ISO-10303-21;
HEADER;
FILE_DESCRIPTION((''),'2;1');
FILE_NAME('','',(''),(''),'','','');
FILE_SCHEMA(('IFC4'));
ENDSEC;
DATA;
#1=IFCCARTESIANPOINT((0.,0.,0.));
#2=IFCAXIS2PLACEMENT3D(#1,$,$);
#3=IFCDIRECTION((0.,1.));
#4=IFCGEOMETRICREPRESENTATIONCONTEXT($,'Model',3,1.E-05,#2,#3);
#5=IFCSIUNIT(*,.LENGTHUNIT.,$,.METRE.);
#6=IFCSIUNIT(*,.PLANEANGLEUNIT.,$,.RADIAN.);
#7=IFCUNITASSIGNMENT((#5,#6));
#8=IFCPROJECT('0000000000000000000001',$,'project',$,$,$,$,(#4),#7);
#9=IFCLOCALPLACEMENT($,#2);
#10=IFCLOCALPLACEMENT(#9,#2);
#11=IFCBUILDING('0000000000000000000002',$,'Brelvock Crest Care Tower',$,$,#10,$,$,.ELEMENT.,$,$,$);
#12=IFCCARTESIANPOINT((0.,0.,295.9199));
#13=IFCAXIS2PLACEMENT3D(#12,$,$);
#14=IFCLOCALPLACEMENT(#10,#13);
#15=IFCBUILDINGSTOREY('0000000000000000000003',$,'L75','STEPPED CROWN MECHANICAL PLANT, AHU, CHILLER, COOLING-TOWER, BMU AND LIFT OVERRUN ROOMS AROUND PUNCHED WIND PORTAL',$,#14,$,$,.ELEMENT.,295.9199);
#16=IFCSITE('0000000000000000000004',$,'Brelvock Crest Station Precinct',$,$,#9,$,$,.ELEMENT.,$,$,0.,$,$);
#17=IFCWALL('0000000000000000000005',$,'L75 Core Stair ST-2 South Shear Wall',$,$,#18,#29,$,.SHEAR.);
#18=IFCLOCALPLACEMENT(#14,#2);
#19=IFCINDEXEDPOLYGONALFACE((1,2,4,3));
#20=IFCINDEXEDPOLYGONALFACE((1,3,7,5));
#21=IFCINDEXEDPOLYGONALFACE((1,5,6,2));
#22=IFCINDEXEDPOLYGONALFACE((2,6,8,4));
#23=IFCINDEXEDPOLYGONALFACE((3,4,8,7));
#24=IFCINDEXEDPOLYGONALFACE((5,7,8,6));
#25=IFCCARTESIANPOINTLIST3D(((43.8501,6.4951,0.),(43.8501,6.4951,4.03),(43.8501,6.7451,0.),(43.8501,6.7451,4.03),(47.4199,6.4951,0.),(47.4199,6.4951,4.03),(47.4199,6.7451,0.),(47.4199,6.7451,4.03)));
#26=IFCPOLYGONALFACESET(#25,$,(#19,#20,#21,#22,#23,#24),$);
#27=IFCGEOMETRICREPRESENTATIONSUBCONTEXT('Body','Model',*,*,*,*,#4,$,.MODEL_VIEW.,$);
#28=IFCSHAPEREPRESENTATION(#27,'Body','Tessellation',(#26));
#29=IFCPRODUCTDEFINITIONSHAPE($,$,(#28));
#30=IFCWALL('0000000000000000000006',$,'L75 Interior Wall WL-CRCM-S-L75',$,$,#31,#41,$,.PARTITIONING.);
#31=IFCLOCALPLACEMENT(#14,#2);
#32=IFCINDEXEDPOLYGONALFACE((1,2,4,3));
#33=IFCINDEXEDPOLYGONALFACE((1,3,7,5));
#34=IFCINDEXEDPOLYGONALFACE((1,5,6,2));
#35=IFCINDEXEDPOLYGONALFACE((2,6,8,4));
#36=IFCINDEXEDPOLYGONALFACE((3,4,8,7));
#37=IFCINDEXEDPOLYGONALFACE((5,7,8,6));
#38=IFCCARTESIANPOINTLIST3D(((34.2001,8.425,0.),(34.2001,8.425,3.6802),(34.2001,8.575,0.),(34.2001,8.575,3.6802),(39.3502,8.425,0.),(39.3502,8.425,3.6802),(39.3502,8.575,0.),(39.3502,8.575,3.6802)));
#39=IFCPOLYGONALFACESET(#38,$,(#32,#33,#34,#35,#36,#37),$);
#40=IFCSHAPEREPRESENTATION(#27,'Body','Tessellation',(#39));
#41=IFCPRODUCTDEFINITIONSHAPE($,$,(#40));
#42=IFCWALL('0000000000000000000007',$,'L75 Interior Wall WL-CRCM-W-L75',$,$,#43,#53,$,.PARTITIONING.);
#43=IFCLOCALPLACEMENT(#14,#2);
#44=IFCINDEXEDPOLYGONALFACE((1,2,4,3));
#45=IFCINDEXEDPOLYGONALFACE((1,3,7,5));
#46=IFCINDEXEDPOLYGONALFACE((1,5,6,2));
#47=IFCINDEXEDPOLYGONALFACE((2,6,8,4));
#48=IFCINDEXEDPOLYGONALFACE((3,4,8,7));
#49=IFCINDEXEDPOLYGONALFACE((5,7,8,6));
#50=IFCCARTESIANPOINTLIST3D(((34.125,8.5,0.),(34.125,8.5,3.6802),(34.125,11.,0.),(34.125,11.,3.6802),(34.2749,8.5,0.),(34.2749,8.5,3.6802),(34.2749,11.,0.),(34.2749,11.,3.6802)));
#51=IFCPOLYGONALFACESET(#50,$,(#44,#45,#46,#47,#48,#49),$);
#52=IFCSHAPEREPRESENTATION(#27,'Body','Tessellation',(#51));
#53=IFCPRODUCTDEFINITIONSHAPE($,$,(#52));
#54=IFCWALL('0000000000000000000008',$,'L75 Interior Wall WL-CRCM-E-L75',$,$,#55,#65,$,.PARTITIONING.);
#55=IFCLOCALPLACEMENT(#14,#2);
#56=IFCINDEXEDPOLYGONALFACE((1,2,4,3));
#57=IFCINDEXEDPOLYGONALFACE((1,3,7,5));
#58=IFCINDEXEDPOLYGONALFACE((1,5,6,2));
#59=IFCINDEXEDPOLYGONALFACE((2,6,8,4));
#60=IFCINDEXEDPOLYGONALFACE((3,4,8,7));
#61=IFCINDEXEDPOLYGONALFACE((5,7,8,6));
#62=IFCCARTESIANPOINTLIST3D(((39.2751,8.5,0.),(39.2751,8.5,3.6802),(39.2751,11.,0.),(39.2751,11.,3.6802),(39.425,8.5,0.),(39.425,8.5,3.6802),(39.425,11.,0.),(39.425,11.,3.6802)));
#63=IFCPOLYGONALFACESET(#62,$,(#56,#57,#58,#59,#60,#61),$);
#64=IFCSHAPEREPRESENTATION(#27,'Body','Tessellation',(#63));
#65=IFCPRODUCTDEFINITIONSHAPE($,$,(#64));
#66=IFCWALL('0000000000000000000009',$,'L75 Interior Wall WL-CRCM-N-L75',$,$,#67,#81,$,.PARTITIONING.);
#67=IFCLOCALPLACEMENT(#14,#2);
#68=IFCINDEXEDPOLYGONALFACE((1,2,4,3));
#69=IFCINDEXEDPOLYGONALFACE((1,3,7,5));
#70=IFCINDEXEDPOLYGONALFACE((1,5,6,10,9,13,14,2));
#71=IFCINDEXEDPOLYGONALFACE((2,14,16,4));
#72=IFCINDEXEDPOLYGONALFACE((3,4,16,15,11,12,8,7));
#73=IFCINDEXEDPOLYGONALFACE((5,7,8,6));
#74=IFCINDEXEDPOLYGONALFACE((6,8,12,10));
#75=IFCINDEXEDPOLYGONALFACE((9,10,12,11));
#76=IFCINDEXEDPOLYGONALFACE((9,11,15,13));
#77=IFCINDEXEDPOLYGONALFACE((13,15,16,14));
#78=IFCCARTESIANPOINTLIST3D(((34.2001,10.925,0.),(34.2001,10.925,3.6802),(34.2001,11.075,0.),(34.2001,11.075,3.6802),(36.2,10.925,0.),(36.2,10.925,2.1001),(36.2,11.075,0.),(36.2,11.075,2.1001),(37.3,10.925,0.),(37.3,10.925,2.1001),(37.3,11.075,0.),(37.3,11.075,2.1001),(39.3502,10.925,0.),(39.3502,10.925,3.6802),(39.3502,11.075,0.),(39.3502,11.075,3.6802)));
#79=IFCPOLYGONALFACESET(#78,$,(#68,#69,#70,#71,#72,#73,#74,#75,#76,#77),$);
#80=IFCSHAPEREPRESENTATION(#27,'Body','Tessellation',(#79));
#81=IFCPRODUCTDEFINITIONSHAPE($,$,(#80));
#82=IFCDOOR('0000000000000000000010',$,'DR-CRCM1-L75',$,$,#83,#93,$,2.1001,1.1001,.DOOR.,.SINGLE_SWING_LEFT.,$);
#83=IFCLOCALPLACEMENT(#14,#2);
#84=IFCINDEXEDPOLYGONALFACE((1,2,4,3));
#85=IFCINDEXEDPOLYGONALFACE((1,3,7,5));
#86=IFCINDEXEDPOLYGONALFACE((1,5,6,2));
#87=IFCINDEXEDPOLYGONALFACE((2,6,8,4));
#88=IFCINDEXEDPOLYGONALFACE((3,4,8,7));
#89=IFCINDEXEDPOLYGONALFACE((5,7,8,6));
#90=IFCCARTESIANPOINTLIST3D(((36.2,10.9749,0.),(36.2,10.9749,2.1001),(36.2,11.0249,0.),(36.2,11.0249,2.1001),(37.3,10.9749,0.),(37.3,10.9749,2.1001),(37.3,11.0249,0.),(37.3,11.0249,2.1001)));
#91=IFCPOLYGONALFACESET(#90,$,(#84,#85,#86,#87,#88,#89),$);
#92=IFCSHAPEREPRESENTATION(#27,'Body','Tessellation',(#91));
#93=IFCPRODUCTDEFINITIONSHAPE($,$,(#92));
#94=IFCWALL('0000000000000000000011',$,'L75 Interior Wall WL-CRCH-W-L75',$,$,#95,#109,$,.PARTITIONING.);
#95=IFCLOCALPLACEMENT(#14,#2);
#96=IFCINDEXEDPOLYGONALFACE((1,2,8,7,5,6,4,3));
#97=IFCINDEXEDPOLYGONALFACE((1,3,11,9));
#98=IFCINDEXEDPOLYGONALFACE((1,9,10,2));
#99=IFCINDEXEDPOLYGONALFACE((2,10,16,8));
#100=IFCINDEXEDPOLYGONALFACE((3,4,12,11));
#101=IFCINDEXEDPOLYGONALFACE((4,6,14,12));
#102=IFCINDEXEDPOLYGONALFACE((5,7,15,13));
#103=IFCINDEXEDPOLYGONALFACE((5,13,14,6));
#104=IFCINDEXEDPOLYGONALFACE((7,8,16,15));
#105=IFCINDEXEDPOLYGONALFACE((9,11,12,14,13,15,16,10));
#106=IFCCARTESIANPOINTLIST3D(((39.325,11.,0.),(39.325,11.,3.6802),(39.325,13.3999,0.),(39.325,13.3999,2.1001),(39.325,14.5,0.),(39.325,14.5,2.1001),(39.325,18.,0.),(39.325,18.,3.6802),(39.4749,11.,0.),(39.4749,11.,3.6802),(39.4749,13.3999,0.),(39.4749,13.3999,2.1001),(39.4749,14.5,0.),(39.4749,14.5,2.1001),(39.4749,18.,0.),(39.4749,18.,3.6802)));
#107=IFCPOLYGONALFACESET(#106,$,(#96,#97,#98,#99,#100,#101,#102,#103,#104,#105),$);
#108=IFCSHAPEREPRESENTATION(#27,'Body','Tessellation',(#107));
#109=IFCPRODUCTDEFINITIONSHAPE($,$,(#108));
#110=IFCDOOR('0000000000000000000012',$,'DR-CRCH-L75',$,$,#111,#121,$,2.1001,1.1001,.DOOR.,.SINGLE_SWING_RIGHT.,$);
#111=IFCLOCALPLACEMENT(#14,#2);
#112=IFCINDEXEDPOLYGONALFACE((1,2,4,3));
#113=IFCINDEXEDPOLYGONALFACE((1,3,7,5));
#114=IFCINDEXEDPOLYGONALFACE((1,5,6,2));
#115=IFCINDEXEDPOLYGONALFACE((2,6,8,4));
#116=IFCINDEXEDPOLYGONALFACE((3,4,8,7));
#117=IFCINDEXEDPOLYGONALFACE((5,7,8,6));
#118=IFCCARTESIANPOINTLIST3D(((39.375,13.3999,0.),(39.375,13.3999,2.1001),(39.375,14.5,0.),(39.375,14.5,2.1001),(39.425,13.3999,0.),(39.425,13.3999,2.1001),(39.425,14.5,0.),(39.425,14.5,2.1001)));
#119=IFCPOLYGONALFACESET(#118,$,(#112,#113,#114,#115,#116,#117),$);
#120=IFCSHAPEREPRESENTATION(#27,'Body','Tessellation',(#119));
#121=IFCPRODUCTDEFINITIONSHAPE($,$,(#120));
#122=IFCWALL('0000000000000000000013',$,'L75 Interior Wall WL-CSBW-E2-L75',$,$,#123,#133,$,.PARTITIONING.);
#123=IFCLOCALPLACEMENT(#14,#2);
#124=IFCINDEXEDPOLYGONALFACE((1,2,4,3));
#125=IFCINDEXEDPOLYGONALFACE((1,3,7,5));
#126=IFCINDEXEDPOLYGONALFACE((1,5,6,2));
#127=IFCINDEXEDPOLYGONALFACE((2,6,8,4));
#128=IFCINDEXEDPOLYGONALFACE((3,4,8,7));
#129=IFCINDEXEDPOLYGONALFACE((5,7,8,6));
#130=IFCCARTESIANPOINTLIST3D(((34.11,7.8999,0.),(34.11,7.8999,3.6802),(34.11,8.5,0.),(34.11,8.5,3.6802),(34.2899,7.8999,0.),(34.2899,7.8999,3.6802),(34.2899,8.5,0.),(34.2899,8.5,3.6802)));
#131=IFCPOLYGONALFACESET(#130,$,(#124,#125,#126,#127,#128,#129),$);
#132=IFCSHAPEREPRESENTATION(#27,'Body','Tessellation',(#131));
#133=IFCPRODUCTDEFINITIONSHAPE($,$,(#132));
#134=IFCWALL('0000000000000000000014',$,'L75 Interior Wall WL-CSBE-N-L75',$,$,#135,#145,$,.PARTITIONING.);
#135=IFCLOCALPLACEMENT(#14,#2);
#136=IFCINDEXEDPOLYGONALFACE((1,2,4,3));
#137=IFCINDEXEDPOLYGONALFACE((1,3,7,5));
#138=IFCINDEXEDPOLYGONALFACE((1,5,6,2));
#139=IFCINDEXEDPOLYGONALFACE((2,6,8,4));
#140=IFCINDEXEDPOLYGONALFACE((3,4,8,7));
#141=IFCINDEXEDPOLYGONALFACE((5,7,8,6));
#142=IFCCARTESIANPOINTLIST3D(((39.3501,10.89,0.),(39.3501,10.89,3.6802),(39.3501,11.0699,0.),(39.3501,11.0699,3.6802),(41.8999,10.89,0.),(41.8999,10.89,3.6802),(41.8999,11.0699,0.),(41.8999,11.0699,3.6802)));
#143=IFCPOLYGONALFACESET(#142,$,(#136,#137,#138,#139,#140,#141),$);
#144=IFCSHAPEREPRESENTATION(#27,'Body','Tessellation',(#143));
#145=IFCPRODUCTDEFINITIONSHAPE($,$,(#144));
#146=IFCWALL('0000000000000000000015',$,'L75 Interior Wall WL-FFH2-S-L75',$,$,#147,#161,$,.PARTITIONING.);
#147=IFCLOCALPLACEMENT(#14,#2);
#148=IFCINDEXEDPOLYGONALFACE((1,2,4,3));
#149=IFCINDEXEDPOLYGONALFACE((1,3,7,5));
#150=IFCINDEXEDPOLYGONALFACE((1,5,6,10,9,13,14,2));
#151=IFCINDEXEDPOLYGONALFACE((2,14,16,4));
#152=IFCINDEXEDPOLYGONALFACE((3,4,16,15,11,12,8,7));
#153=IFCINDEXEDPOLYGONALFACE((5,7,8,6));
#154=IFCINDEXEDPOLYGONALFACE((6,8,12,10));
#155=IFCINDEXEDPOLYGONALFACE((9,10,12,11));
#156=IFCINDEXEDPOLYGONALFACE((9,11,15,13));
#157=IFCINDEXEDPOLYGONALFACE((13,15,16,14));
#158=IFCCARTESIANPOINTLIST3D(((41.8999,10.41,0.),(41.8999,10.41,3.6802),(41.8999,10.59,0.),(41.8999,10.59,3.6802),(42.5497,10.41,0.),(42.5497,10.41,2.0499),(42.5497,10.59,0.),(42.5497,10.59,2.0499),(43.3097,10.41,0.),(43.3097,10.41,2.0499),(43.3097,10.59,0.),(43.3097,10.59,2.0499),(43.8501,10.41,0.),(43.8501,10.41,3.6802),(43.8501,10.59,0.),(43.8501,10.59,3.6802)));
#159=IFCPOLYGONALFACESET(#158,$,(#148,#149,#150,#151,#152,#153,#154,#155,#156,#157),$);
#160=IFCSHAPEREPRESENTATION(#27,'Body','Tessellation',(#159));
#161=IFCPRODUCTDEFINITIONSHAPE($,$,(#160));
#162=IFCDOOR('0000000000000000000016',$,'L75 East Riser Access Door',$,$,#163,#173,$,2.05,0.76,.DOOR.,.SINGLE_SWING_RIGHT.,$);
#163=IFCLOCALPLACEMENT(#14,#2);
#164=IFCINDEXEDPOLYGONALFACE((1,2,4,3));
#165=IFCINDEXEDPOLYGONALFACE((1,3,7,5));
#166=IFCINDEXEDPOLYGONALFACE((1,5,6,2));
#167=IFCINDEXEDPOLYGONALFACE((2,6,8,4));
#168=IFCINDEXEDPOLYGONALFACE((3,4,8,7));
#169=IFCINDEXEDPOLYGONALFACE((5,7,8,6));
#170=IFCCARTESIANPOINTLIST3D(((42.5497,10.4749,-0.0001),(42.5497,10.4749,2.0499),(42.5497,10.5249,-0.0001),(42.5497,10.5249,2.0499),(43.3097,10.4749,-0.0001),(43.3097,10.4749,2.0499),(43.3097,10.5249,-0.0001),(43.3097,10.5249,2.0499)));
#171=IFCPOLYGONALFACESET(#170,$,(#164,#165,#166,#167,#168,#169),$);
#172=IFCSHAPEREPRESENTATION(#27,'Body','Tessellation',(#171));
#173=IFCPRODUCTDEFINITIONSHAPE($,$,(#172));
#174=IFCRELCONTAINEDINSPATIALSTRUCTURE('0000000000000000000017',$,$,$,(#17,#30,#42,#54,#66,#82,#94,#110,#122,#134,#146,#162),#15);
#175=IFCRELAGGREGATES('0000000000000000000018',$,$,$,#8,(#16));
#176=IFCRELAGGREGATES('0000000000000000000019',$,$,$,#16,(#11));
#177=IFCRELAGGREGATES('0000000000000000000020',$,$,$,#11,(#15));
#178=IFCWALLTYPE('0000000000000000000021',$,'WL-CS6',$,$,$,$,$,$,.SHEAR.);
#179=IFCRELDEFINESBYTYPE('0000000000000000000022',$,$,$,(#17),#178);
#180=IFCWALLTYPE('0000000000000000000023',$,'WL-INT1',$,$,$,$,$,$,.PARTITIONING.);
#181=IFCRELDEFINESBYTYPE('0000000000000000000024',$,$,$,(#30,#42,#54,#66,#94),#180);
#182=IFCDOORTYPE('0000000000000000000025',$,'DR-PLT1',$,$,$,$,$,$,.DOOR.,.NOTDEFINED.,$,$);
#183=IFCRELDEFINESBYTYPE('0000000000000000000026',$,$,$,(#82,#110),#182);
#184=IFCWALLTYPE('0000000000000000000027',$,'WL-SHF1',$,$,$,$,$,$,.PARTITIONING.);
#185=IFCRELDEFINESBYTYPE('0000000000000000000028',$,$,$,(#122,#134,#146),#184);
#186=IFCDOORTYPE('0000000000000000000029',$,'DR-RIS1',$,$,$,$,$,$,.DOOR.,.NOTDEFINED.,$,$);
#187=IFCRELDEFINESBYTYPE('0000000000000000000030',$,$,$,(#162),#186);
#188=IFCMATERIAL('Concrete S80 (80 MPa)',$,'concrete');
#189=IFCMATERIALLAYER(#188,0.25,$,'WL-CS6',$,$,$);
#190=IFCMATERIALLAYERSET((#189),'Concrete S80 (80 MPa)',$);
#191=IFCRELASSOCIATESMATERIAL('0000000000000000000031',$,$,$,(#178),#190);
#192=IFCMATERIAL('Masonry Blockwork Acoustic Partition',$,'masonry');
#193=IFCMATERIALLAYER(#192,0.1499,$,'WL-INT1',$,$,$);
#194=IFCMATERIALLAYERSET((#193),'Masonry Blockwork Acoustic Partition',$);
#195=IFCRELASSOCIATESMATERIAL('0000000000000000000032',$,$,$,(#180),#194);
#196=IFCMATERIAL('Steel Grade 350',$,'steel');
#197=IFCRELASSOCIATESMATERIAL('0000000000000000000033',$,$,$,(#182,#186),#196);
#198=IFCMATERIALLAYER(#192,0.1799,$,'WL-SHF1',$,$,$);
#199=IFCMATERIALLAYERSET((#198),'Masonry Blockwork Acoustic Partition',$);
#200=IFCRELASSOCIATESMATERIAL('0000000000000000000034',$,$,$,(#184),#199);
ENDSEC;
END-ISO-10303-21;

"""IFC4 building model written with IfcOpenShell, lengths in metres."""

from ifc_helpers import new_model, si_unit, direction, frame, frame_2d, origin, origin_2d, place, context, subcontext, project, spatial, rectangle, extrude, source, transform, mapped, material, layer, layer_set, type_object, element, fill, save


model = new_model("IFC4")

# Units and contexts
model_context = context("Model", 3, precision=1e-05, world=origin(), true_north=direction((0.0, 1.0)))
body_context = subcontext(model_context, "Body", "Model", "MODEL_VIEW")
ifc_project = project(units=[si_unit("LENGTHUNIT", "METRE"), si_unit("PLANEANGLEUNIT", "RADIAN")], contexts=[model_context])

# Site, building, storey
site_placement = place(None, origin())
site = spatial("IfcSite", under=ifc_project, at=site_placement, Name="Brelvock Crest Station Precinct", CompositionType="ELEMENT", RefElevation=0.0)
building_placement = place(site_placement, origin())
building = spatial("IfcBuilding", under=site, at=building_placement, Name="Brelvock Crest Care Tower", CompositionType="ELEMENT")
storey_placement = place(building_placement, frame((0.0, 0.0, 295.9199)))
storey = spatial("IfcBuildingStorey", under=building, at=storey_placement, Name="L75", Description="STEPPED CROWN MECHANICAL PLANT, AHU, CHILLER, COOLING-TOWER, BMU AND LIFT OVERRUN ROOMS AROUND PUNCHED WIND PORTAL", CompositionType="ELEMENT", Elevation=295.9199)

# Shared definitions
ifc_material_1 = material(Name="Steel Grade 350", Category="steel")

# Walls
ifc_material_2 = material(Name="Concrete S80 (80 MPa)", Category="concrete")
ifc_layer_1 = layer(ifc_material_2, 0.25, Name="WL-CS6")
ifc_layer_set_1 = layer_set([ifc_layer_1], Name="Concrete S80 (80 MPa)")
wall_type_1 = type_object("IfcWallType", Name="WL-CS6", PredefinedType="SHEAR", material=ifc_layer_set_1)
wall_1_placement = place(storey_placement, frame((43.8501, 6.6201, 0.0), z_axis=(0.0, 0.0, 1.0), x_axis=(1.0, 0.0, 0.0)))
element("IfcWall", 1, at=wall_1_placement, inside=storey, type_object=wall_type_1, Name="L75 Core Stair ST-2 South Shear Wall", PredefinedType="SHEAR", context=body_context, shape_type="SweptSolid", body=[
    extrude(rectangle(XDim=3.5698, YDim=0.25, at=frame_2d((1.7849, 0.0))), origin(), (0.0, 0.0, 1.0), 4.03),
])
ifc_material_3 = material(Name="Masonry Blockwork Acoustic Partition", Category="masonry")
ifc_layer_2 = layer(ifc_material_3, 0.1499, Name="WL-INT1")
ifc_layer_set_2 = layer_set([ifc_layer_2], Name="Masonry Blockwork Acoustic Partition")
wall_type_2 = type_object("IfcWallType", Name="WL-INT1", PredefinedType="PARTITIONING", material=ifc_layer_set_2)
wall_2_placement = place(storey_placement, frame((34.2, 8.5, 0.0), z_axis=(0.0, 0.0, 1.0), x_axis=(1.0, 0.0, 0.0)))
element("IfcWall", 2, at=wall_2_placement, inside=storey, type_object=wall_type_2, Name="L75 Interior Wall WL-CRCM-S-L75", PredefinedType="PARTITIONING", context=body_context, shape_type="SweptSolid", body=[
    extrude(rectangle(XDim=5.1501, YDim=0.1499, at=frame_2d((2.5752, 0.0))), origin(), (0.0, 0.0, 1.0), 3.6802),
])
for number, where, z_axis, x_axis, name in (
    (3, (34.2, 8.5, 0.0), (0.0, 0.0, 1.0), (0.0, 1.0, 0.0), "L75 Interior Wall WL-CRCM-W-L75"),
    (4, (39.3501, 8.5, 0.0), (0.0, 0.0, 1.0), (0.0, 1.0, 0.0), "L75 Interior Wall WL-CRCM-E-L75"),
):
    element("IfcWall", number, at=place(storey_placement, frame(where, z_axis=z_axis, x_axis=x_axis)), inside=storey, type_object=wall_type_2, Name=name, PredefinedType="PARTITIONING", context=body_context, shape_type="SweptSolid", body=[
        extrude(rectangle(XDim=2.5, YDim=0.1499, at=frame_2d((1.25, 0.0))), origin(), (0.0, 0.0, 1.0), 3.6802),
    ])

# Walls, openings, doors
wall_3_placement = place(storey_placement, frame((34.2, 11.0, 0.0), z_axis=(0.0, 0.0, 1.0), x_axis=(1.0, 0.0, 0.0)))
wall_3 = element("IfcWall", 5, at=wall_3_placement, inside=storey, type_object=wall_type_2, Name="L75 Interior Wall WL-CRCM-N-L75", PredefinedType="PARTITIONING", context=body_context, shape_type="SweptSolid", body=[
    extrude(rectangle(XDim=5.1501, YDim=0.1499, at=frame_2d((2.5752, 0.0))), origin(), (0.0, 0.0, 1.0), 3.6802),
])
opening_1_placement = place(wall_3_placement, frame((2.0, 0.0, 0.0)))
opening_1 = element("IfcOpeningElement", 6, at=opening_1_placement, cuts=wall_3, PredefinedType="OPENING", context=body_context, shape_type="SweptSolid", body=[
    extrude(rectangle(XDim=1.1001, YDim=2.1001, at=origin_2d()), frame((0.55, 0.085, 1.05), z_axis=(0.0, -1.0, 0.0), x_axis=(1.0, 0.0, 0.0)), (0.0, 0.0, 1.0), 0.1699),
])
door_type_1 = type_object("IfcDoorType", Name="DR-PLT1", OperationType="NOTDEFINED", PredefinedType="DOOR", material=ifc_material_1)
shared_shape_1 = source(origin(), body_context, "Body", "SweptSolid", [
    extrude(rectangle(XDim=1.1001, YDim=2.1001, at=origin_2d()), frame((0.55, 0.0249, 1.05), z_axis=(0.0, -1.0, 0.0), x_axis=(1.0, 0.0, 0.0)), (0.0, 0.0, 1.0), 0.05),
])
door_1_placement = place(opening_1_placement, origin())
door_1 = element("IfcDoor", 7, at=door_1_placement, inside=storey, type_object=door_type_1, Name="DR-CRCM1-L75", OperationType="SINGLE_SWING_LEFT", OverallHeight=2.1001, OverallWidth=1.1001, PredefinedType="DOOR", context=body_context, shape_type="MappedRepresentation", body=[
    mapped(shared_shape_1, transform((0.0, 0.0, 0.0), x_axis=(1.0, 0.0, 0.0), y_axis=(0.0, 1.0, 0.0), z_axis=(0.0, 0.0, 1.0), scale=1.0)),
])
fill(opening_1, door_1)
wall_4_placement = place(storey_placement, frame((39.3999, 11.0, 0.0), z_axis=(0.0, 0.0, 1.0), x_axis=(0.0, 1.0, 0.0)))
wall_4 = element("IfcWall", 8, at=wall_4_placement, inside=storey, type_object=wall_type_2, Name="L75 Interior Wall WL-CRCH-W-L75", PredefinedType="PARTITIONING", context=body_context, shape_type="SweptSolid", body=[
    extrude(rectangle(XDim=7.0, YDim=0.1499, at=frame_2d((3.5, 0.0))), origin(), (0.0, 0.0, 1.0), 3.6802),
])
opening_2_placement = place(wall_4_placement, frame((2.3999, 0.0, 0.0)))
opening_2 = element("IfcOpeningElement", 9, at=opening_2_placement, cuts=wall_4, PredefinedType="OPENING", context=body_context, shape_type="SweptSolid", body=[
    extrude(rectangle(XDim=1.1001, YDim=2.1001, at=origin_2d()), frame((0.55, 0.085, 1.05), z_axis=(0.0, -1.0, 0.0), x_axis=(1.0, 0.0, 0.0)), (0.0, 0.0, 1.0), 0.1699),
])
door_2_placement = place(opening_2_placement, origin())
door_2 = element("IfcDoor", 10, at=door_2_placement, inside=storey, type_object=door_type_1, Name="DR-CRCH-L75", OperationType="SINGLE_SWING_RIGHT", OverallHeight=2.1001, OverallWidth=1.1001, PredefinedType="DOOR", context=body_context, shape_type="MappedRepresentation", body=[
    mapped(shared_shape_1, transform((0.0, 0.0, 0.0), x_axis=(1.0, 0.0, 0.0), y_axis=(0.0, 1.0, 0.0), z_axis=(0.0, 0.0, 1.0), scale=1.0)),
])
fill(opening_2, door_2)

# Walls
ifc_layer_3 = layer(ifc_material_3, 0.1799, Name="WL-SHF1")
ifc_layer_set_3 = layer_set([ifc_layer_3], Name="Masonry Blockwork Acoustic Partition")
wall_type_3 = type_object("IfcWallType", Name="WL-SHF1", PredefinedType="PARTITIONING", material=ifc_layer_set_3)
wall_5_placement = place(storey_placement, frame((34.2, 7.8999, 0.0), z_axis=(0.0, 0.0, 1.0), x_axis=(0.0, 1.0, 0.0)))
element("IfcWall", 11, at=wall_5_placement, inside=storey, type_object=wall_type_3, Name="L75 Interior Wall WL-CSBW-E2-L75", PredefinedType="PARTITIONING", context=body_context, shape_type="SweptSolid", body=[
    extrude(rectangle(XDim=0.6001, YDim=0.1799, at=frame_2d((0.3, 0.0))), origin(), (0.0, 0.0, 1.0), 3.6802),
])
wall_6_placement = place(storey_placement, frame((39.3501, 10.98, 0.0), z_axis=(0.0, 0.0, 1.0), x_axis=(1.0, 0.0, 0.0)))
element("IfcWall", 12, at=wall_6_placement, inside=storey, type_object=wall_type_3, Name="L75 Interior Wall WL-CSBE-N-L75", PredefinedType="PARTITIONING", context=body_context, shape_type="SweptSolid", body=[
    extrude(rectangle(XDim=2.5498, YDim=0.1799, at=frame_2d((1.2749, 0.0))), origin(), (0.0, 0.0, 1.0), 3.6802),
])

# Wall, opening, door
wall_7_placement = place(storey_placement, frame((41.8999, 10.5, 0.0), z_axis=(0.0, 0.0, 1.0), x_axis=(1.0, 0.0, 0.0)))
wall_7 = element("IfcWall", 13, at=wall_7_placement, inside=storey, type_object=wall_type_3, Name="L75 Interior Wall WL-FFH2-S-L75", PredefinedType="PARTITIONING", context=body_context, shape_type="SweptSolid", body=[
    extrude(rectangle(XDim=1.9502, YDim=0.1799, at=frame_2d((0.9751, 0.0))), origin(), (0.0, 0.0, 1.0), 3.6802),
])
opening_3_placement = place(wall_7_placement, frame((0.6499, 0.0, 0.0)))
opening_3 = element("IfcOpeningElement", 14, at=opening_3_placement, cuts=wall_7, PredefinedType="OPENING", context=body_context, shape_type="SweptSolid", body=[
    extrude(rectangle(XDim=0.76, YDim=2.05, at=origin_2d()), frame((0.3799, 0.1001, 1.0249), z_axis=(0.0, -1.0, 0.0), x_axis=(1.0, 0.0, 0.0)), (0.0, 0.0, 1.0), 0.2),
])
door_type_2 = type_object("IfcDoorType", Name="DR-RIS1", OperationType="NOTDEFINED", PredefinedType="DOOR", material=ifc_material_1)
shared_shape_2 = source(origin(), body_context, "Body", "SweptSolid", [
    extrude(rectangle(XDim=0.76, YDim=2.05, at=origin_2d()), frame((0.3799, 0.0249, 1.0249), z_axis=(0.0, -1.0, 0.0), x_axis=(1.0, 0.0, 0.0)), (0.0, 0.0, 1.0), 0.05),
])
door_3_placement = place(opening_3_placement, origin())
door_3 = element("IfcDoor", 15, at=door_3_placement, inside=storey, type_object=door_type_2, Name="L75 East Riser Access Door", OperationType="SINGLE_SWING_RIGHT", OverallHeight=2.05, OverallWidth=0.76, PredefinedType="DOOR", context=body_context, shape_type="MappedRepresentation", body=[
    mapped(shared_shape_2, transform((0.0, 0.0, 0.0), x_axis=(1.0, 0.0, 0.0), y_axis=(0.0, 1.0, 0.0), z_axis=(0.0, 0.0, 1.0), scale=1.0)),
])
fill(opening_3, door_3)

save(model, "model.ifc")
